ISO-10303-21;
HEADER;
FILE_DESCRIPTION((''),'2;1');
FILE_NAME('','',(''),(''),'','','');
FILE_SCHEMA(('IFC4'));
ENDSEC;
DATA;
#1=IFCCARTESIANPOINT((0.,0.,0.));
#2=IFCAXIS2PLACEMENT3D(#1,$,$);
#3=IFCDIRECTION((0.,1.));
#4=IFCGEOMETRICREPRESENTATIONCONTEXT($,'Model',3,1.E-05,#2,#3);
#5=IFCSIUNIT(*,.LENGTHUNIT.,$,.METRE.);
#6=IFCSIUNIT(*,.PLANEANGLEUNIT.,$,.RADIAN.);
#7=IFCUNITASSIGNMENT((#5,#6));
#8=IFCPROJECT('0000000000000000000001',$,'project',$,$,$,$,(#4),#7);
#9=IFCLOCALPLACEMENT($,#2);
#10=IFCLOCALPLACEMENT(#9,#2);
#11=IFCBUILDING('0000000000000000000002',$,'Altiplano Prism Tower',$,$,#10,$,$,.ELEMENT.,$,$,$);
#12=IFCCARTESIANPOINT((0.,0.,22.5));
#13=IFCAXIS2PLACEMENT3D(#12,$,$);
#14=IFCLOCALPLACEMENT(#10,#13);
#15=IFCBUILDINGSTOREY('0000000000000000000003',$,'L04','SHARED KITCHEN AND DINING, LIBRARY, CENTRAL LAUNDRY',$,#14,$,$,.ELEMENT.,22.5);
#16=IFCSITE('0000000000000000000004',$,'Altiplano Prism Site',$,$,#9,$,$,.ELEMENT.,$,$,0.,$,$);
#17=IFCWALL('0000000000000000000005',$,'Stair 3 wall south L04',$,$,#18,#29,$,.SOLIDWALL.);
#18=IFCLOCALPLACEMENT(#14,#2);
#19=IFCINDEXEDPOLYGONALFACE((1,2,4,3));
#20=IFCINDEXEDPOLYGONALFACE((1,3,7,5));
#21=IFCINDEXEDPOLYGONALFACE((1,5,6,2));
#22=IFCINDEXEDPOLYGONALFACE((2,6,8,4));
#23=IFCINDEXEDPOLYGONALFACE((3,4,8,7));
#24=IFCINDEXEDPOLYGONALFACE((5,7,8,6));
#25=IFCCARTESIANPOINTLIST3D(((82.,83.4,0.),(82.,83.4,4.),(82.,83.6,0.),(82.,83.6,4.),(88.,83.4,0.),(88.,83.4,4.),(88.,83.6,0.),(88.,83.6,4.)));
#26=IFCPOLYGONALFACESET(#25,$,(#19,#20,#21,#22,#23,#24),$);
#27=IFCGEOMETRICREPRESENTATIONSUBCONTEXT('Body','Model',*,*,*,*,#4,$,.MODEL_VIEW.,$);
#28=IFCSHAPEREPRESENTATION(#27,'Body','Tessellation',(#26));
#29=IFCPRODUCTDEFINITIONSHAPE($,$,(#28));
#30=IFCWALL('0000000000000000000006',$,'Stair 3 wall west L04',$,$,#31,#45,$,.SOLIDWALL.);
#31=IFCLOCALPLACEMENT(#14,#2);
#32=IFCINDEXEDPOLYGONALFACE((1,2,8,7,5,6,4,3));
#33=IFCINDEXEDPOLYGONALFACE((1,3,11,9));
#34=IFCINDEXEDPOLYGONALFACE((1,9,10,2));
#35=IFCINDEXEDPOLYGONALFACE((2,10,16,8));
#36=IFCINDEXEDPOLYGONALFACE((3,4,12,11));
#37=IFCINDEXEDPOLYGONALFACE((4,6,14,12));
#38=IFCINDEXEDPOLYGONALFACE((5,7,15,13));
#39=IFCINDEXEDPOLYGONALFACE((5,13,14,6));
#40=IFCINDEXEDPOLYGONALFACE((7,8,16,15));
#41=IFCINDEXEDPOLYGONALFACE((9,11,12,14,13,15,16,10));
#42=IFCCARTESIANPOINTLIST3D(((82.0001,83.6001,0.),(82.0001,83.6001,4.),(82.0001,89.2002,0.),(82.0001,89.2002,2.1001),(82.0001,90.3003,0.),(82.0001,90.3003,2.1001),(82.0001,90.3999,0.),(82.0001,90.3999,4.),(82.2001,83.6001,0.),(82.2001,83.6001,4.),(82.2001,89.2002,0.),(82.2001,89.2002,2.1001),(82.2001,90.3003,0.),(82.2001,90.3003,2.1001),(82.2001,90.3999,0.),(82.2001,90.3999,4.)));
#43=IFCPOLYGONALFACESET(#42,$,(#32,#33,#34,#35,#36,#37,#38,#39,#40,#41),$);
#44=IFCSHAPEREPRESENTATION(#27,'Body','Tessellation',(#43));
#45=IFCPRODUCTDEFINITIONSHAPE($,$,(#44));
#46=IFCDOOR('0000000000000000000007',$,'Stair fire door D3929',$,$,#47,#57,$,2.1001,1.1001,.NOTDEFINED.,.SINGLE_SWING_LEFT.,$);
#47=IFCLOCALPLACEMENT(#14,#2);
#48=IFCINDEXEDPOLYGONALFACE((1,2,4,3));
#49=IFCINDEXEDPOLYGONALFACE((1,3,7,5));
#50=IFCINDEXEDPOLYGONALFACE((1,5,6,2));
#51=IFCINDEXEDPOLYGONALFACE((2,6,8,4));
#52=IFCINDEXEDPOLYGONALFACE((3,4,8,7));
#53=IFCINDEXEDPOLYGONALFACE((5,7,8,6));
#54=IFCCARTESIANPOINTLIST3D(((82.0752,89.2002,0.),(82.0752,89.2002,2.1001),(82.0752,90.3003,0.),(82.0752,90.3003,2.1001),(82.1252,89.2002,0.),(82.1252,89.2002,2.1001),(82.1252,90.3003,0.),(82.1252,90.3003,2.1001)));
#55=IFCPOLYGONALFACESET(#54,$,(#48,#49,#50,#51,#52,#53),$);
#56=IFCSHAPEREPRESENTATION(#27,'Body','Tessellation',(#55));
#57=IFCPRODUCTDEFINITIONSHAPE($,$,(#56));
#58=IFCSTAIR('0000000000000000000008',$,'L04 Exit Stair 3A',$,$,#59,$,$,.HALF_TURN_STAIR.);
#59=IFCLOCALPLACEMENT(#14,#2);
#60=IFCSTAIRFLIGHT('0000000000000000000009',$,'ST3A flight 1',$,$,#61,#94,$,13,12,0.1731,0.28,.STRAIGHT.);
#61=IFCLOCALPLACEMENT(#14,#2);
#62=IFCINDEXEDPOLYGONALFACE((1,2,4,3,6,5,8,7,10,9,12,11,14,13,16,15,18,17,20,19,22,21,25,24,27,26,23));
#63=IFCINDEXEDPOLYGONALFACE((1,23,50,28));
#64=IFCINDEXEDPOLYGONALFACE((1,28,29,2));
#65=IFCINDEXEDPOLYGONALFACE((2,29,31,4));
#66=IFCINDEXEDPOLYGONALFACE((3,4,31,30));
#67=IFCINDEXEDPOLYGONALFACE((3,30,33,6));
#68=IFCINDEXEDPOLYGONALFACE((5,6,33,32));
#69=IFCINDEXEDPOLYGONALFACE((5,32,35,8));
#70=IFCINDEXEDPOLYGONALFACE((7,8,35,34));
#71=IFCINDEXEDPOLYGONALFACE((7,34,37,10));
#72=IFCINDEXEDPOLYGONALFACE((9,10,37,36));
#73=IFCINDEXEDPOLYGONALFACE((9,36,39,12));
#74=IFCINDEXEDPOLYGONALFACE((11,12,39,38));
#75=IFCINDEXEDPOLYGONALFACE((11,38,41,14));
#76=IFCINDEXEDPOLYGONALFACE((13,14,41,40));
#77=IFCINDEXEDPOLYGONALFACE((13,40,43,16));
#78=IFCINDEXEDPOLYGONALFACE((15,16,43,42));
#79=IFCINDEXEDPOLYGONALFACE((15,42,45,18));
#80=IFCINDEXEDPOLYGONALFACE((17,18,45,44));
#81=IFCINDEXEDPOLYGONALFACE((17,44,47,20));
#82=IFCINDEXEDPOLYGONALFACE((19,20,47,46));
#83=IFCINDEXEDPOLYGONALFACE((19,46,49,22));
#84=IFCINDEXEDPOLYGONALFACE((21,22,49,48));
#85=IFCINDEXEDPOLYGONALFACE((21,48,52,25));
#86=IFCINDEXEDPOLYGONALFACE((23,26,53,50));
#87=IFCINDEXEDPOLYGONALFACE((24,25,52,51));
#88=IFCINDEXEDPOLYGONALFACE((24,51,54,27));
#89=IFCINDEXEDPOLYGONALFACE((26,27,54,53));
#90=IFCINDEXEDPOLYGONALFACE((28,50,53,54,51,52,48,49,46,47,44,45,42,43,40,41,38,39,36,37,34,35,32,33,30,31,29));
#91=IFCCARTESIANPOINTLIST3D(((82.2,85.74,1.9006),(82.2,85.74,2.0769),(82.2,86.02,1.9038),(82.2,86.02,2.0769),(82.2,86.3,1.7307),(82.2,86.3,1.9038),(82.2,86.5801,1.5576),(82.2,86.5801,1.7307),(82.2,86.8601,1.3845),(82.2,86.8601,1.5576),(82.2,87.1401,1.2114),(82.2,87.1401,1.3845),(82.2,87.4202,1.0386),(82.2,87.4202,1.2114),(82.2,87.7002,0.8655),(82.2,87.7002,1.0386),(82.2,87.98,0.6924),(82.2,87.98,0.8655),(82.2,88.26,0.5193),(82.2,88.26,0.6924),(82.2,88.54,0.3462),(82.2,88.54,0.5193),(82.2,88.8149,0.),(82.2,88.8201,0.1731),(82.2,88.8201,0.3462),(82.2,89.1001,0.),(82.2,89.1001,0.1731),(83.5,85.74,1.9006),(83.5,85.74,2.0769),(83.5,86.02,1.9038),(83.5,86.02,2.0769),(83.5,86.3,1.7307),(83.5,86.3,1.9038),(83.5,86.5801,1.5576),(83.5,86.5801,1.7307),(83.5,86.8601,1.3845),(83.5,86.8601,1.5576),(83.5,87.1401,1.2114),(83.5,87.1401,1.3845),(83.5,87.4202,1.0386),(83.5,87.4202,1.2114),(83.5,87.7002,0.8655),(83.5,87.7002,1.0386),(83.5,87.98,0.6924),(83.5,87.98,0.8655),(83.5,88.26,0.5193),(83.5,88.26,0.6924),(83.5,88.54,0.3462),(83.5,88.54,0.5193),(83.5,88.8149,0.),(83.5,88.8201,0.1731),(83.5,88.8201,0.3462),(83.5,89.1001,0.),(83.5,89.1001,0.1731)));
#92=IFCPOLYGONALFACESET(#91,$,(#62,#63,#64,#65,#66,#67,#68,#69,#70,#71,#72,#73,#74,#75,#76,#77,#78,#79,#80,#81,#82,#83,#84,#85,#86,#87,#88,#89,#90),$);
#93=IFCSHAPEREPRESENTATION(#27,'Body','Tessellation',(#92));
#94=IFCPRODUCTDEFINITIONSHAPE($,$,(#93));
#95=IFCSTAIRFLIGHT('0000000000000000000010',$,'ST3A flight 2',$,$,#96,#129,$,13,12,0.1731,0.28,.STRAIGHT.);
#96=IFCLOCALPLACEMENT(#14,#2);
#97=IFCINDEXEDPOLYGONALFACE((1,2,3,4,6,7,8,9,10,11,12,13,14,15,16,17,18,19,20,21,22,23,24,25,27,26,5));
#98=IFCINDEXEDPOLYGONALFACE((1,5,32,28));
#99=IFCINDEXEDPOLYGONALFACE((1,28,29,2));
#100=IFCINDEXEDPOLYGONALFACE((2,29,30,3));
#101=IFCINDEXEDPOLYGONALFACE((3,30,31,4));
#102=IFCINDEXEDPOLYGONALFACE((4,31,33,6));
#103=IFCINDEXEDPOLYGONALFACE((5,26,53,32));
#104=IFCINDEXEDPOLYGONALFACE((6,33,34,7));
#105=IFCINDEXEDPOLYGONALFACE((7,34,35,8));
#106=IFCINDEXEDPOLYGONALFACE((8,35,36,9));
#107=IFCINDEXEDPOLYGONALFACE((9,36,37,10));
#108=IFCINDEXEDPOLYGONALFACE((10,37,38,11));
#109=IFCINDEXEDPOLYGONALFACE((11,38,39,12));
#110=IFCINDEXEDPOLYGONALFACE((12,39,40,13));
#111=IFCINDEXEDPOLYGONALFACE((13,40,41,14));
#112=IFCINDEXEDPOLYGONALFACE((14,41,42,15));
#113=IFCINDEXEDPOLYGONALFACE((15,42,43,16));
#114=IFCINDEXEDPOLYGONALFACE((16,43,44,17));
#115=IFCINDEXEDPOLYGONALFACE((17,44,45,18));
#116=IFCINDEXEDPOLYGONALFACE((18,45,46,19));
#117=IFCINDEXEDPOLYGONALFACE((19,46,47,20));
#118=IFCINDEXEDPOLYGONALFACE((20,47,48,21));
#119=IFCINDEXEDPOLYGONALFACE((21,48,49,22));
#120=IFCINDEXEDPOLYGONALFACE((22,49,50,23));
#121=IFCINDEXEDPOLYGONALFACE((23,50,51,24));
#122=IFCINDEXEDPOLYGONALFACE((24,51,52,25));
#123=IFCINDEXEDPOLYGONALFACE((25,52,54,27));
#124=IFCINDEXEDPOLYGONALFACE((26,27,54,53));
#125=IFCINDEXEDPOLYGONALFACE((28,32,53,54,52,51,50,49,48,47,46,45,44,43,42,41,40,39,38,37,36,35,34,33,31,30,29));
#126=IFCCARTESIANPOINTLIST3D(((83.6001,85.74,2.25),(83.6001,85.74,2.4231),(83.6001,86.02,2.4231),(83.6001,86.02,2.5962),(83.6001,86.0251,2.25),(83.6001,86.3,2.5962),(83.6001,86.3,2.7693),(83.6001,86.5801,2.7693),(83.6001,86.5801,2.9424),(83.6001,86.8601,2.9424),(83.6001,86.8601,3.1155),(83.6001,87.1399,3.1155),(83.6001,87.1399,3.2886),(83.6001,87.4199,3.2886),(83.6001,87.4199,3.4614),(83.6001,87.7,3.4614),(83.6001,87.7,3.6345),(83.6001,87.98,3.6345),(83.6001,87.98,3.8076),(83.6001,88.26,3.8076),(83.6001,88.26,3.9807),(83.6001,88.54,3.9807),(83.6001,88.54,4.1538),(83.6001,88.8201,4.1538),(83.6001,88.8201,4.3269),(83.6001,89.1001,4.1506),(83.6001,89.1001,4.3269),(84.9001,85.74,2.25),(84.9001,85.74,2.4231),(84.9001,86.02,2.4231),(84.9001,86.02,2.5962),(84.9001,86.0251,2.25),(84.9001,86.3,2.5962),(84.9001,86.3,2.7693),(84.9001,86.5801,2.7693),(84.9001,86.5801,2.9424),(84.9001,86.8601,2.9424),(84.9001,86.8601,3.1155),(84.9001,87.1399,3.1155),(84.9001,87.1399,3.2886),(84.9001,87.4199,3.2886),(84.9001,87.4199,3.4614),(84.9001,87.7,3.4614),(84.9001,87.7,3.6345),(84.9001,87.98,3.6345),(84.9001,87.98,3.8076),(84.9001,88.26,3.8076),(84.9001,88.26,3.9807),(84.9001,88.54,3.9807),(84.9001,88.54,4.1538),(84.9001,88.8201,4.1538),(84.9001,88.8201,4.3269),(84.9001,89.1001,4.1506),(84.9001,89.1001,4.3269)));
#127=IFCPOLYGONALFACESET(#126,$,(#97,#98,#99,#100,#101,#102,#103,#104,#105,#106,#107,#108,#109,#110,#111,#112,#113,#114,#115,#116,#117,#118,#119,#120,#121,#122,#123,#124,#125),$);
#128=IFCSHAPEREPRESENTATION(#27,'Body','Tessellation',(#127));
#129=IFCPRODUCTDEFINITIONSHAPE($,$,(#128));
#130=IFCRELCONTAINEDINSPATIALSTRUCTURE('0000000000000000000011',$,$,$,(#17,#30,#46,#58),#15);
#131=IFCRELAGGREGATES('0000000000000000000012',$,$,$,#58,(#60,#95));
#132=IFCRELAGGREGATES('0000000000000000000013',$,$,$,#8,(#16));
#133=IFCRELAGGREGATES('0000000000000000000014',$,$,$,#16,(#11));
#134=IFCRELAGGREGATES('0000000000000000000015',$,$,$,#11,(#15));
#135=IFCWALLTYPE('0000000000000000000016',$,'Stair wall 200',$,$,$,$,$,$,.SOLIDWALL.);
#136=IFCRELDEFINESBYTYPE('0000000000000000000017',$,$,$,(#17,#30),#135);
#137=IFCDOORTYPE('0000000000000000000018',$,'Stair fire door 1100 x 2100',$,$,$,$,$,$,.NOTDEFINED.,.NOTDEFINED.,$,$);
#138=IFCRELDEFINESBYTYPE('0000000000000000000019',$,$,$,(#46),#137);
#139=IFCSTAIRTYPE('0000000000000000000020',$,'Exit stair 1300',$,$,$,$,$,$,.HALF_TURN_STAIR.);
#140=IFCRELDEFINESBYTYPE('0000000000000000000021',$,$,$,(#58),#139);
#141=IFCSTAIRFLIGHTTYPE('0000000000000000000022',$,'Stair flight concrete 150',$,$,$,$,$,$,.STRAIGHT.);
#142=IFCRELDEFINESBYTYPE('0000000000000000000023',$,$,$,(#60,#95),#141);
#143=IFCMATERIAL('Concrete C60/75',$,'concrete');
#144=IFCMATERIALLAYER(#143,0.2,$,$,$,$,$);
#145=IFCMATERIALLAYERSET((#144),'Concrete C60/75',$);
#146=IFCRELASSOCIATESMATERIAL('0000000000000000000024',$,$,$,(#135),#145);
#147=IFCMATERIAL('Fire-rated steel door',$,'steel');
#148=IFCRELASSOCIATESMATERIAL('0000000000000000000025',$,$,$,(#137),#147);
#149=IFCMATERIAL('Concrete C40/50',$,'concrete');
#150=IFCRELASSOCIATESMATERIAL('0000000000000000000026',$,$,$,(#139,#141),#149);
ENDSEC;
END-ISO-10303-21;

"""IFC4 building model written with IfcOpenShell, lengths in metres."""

from ifc_helpers import new_model, si_unit, direction, frame, frame_2d, origin, place, context, subcontext, project, spatial, polyline, rectangle, outline, extrude, material, layer, layer_set, type_object, element, fill, aggregate, save


model = new_model("IFC4")

# Units and contexts
model_context = context("Model", 3, precision=1e-05, world=origin(), true_north=direction((0.0, 1.0)))
body_context = subcontext(model_context, "Body", "Model", "MODEL_VIEW")
ifc_project = project(units=[si_unit("LENGTHUNIT", "METRE"), si_unit("PLANEANGLEUNIT", "RADIAN")], contexts=[model_context])

# Site, building, storey
site_placement = place(None, origin())
site = spatial("IfcSite", under=ifc_project, at=site_placement, Name="Altiplano Prism Site", CompositionType="ELEMENT", RefElevation=0.0)
building_placement = place(site_placement, origin())
building = spatial("IfcBuilding", under=site, at=building_placement, Name="Altiplano Prism Tower", CompositionType="ELEMENT")
storey_placement = place(building_placement, frame((0.0, 0.0, 22.5)))
storey = spatial("IfcBuildingStorey", under=building, at=storey_placement, Name="L04", Description="SHARED KITCHEN AND DINING, LIBRARY, CENTRAL LAUNDRY", CompositionType="ELEMENT", Elevation=22.5)

# Shared definitions
ifc_material_1 = material(Name="Concrete C60/75", Category="concrete")

# Wall
ifc_layer_1 = layer(ifc_material_1, 0.2)
ifc_layer_set_1 = layer_set([ifc_layer_1], Name="Concrete C60/75")
wall_type_1 = type_object("IfcWallType", Name="Stair wall 200", PredefinedType="SOLIDWALL", material=ifc_layer_set_1)
wall_1_placement = place(storey_placement, frame((82.0, 83.5, 0.0), z_axis=(0.0, 0.0, 1.0), x_axis=(1.0, 0.0, 0.0)))
element("IfcWall", 1, at=wall_1_placement, inside=storey, type_object=wall_type_1, Name="Stair 3 wall south L04", PredefinedType="SOLIDWALL", context=body_context, shape_type="SweptSolid", body=[
    extrude(rectangle(XDim=6.0, YDim=0.2, at=frame_2d((3.0, 0.0))), origin(), (0.0, 0.0, 1.0), 4.0),
])

# Wall, opening, door
wall_2_placement = place(storey_placement, frame((82.1001, 83.6001, 0.0), z_axis=(0.0, 0.0, 1.0), x_axis=(0.0, 1.0, 0.0)))
wall_2 = element("IfcWall", 2, at=wall_2_placement, inside=storey, type_object=wall_type_1, Name="Stair 3 wall west L04", PredefinedType="SOLIDWALL", context=body_context, shape_type="SweptSolid", body=[
    extrude(rectangle(XDim=6.7998, YDim=0.2, at=frame_2d((3.3999, 0.0))), origin(), (0.0, 0.0, 1.0), 4.0),
])
opening_placement = place(wall_2_placement, frame((5.6001, 0.0, 0.0)))
opening = element("IfcOpeningElement", 3, at=opening_placement, cuts=wall_2, PredefinedType="OPENING", context=body_context, shape_type="SweptSolid", body=[
    extrude(rectangle(XDim=1.1001, YDim=2.1001, at=frame_2d((0.55, 1.05))), frame((0.0, 0.1104, 0.0), z_axis=(0.0, -1.0, 0.0), x_axis=(1.0, 0.0, 0.0)), (0.0, 0.0, 1.0), 0.2209),
])
ifc_material_2 = material(Name="Fire-rated steel door", Category="steel")
door_type = type_object("IfcDoorType", Name="Stair fire door 1100 x 2100", OperationType="NOTDEFINED", PredefinedType="NOTDEFINED", material=ifc_material_2)
door_placement = place(opening_placement, origin())
door = element("IfcDoor", 4, at=door_placement, inside=storey, type_object=door_type, Name="Stair fire door D3929", OperationType="SINGLE_SWING_LEFT", OverallHeight=2.1001, OverallWidth=1.1001, PredefinedType="NOTDEFINED", context=body_context, shape_type="SweptSolid", body=[
    extrude(rectangle(XDim=1.1001, YDim=2.1001, at=frame_2d((0.55, 1.05))), frame((0.0, 0.0249, 0.0), z_axis=(0.0, -1.0, 0.0), x_axis=(1.0, 0.0, 0.0)), (0.0, 0.0, 1.0), 0.05),
])
fill(opening, door)

# Stair, stair flights
ifc_material_3 = material(Name="Concrete C40/50", Category="concrete")
stair_type = type_object("IfcStairType", Name="Exit stair 1300", PredefinedType="HALF_TURN_STAIR", material=ifc_material_3)
stair_placement = place(storey_placement, origin())
stair = element("IfcStair", 5, at=stair_placement, inside=storey, type_object=stair_type, Name="L04 Exit Stair 3A", PredefinedType="HALF_TURN_STAIR")
stair_flight_type = type_object("IfcStairFlightType", Name="Stair flight concrete 150", PredefinedType="STRAIGHT", material=ifc_material_3)
stair_flight_1_placement = place(storey_placement, frame((82.8501, 89.1001, 0.0), z_axis=(0.0, 0.0, 1.0), x_axis=(0.0, -1.0, 0.0)))
stair_flight_1 = element("IfcStairFlight", 6, at=stair_flight_1_placement, type_object=stair_flight_type, Name="ST3A flight 1", NumberOfRisers=13, NumberOfTreads=12, PredefinedType="STRAIGHT", RiserHeight=0.1731, TreadLength=0.28, context=body_context, shape_type="SweptSolid", body=[
    extrude(outline(polyline([(0.0, 0.0), (0.0, 0.1731), (0.28, 0.1731), (0.28, 0.3462), (0.5601, 0.3462), (0.5601, 0.5193), (0.8401, 0.5193), (0.8401, 0.6924), (1.1201, 0.6924), (1.1201, 0.8655), (1.3999, 0.8655), (1.3999, 1.0386), (1.6799, 1.0386), (1.6799, 1.2114), (1.96, 1.2114), (1.96, 1.3845), (2.24, 1.3845), (2.24, 1.5576), (2.52, 1.5576), (2.52, 1.7307), (2.8, 1.7307), (2.8, 1.9038), (3.0801, 1.9038), (3.0801, 2.0769), (3.3601, 2.0769), (3.3601, 2.25), (3.3601, 1.9006), (0.2852, 0.0), (0.0, 0.0)])), frame((0.0, 0.6499, 0.0), z_axis=(0.0, -1.0, 0.0), x_axis=(1.0, 0.0, 0.0)), (0.0, 0.0, 1.0), 1.3),
])
stair_flight_2_placement = place(storey_placement, frame((84.25, 85.74, 2.25), z_axis=(0.0, 0.0, 1.0), x_axis=(0.0, 1.0, 0.0)))
stair_flight_2 = element("IfcStairFlight", 7, at=stair_flight_2_placement, type_object=stair_flight_type, Name="ST3A flight 2", NumberOfRisers=13, NumberOfTreads=12, PredefinedType="STRAIGHT", RiserHeight=0.1731, TreadLength=0.28, context=body_context, shape_type="SweptSolid", body=[
    extrude(outline(polyline([(0.0, 0.0), (0.0, 0.1731), (0.28, 0.1731), (0.28, 0.3462), (0.5601, 0.3462), (0.5601, 0.5193), (0.8401, 0.5193), (0.8401, 0.6924), (1.1201, 0.6924), (1.1201, 0.8655), (1.3999, 0.8655), (1.3999, 1.0386), (1.6799, 1.0386), (1.6799, 1.2114), (1.96, 1.2114), (1.96, 1.3845), (2.24, 1.3845), (2.24, 1.5576), (2.52, 1.5576), (2.52, 1.7307), (2.8, 1.7307), (2.8, 1.9038), (3.0801, 1.9038), (3.0801, 2.0769), (3.3601, 2.0769), (3.3601, 2.25), (3.3601, 1.9006), (0.2852, 0.0), (0.0, 0.0)])), frame((0.0, 0.6499, 0.0), z_axis=(0.0, -1.0, 0.0), x_axis=(1.0, 0.0, 0.0)), (0.0, 0.0, 1.0), 1.3),
])
aggregate(stair, [stair_flight_1, stair_flight_2])

save(model, "model.ifc")
